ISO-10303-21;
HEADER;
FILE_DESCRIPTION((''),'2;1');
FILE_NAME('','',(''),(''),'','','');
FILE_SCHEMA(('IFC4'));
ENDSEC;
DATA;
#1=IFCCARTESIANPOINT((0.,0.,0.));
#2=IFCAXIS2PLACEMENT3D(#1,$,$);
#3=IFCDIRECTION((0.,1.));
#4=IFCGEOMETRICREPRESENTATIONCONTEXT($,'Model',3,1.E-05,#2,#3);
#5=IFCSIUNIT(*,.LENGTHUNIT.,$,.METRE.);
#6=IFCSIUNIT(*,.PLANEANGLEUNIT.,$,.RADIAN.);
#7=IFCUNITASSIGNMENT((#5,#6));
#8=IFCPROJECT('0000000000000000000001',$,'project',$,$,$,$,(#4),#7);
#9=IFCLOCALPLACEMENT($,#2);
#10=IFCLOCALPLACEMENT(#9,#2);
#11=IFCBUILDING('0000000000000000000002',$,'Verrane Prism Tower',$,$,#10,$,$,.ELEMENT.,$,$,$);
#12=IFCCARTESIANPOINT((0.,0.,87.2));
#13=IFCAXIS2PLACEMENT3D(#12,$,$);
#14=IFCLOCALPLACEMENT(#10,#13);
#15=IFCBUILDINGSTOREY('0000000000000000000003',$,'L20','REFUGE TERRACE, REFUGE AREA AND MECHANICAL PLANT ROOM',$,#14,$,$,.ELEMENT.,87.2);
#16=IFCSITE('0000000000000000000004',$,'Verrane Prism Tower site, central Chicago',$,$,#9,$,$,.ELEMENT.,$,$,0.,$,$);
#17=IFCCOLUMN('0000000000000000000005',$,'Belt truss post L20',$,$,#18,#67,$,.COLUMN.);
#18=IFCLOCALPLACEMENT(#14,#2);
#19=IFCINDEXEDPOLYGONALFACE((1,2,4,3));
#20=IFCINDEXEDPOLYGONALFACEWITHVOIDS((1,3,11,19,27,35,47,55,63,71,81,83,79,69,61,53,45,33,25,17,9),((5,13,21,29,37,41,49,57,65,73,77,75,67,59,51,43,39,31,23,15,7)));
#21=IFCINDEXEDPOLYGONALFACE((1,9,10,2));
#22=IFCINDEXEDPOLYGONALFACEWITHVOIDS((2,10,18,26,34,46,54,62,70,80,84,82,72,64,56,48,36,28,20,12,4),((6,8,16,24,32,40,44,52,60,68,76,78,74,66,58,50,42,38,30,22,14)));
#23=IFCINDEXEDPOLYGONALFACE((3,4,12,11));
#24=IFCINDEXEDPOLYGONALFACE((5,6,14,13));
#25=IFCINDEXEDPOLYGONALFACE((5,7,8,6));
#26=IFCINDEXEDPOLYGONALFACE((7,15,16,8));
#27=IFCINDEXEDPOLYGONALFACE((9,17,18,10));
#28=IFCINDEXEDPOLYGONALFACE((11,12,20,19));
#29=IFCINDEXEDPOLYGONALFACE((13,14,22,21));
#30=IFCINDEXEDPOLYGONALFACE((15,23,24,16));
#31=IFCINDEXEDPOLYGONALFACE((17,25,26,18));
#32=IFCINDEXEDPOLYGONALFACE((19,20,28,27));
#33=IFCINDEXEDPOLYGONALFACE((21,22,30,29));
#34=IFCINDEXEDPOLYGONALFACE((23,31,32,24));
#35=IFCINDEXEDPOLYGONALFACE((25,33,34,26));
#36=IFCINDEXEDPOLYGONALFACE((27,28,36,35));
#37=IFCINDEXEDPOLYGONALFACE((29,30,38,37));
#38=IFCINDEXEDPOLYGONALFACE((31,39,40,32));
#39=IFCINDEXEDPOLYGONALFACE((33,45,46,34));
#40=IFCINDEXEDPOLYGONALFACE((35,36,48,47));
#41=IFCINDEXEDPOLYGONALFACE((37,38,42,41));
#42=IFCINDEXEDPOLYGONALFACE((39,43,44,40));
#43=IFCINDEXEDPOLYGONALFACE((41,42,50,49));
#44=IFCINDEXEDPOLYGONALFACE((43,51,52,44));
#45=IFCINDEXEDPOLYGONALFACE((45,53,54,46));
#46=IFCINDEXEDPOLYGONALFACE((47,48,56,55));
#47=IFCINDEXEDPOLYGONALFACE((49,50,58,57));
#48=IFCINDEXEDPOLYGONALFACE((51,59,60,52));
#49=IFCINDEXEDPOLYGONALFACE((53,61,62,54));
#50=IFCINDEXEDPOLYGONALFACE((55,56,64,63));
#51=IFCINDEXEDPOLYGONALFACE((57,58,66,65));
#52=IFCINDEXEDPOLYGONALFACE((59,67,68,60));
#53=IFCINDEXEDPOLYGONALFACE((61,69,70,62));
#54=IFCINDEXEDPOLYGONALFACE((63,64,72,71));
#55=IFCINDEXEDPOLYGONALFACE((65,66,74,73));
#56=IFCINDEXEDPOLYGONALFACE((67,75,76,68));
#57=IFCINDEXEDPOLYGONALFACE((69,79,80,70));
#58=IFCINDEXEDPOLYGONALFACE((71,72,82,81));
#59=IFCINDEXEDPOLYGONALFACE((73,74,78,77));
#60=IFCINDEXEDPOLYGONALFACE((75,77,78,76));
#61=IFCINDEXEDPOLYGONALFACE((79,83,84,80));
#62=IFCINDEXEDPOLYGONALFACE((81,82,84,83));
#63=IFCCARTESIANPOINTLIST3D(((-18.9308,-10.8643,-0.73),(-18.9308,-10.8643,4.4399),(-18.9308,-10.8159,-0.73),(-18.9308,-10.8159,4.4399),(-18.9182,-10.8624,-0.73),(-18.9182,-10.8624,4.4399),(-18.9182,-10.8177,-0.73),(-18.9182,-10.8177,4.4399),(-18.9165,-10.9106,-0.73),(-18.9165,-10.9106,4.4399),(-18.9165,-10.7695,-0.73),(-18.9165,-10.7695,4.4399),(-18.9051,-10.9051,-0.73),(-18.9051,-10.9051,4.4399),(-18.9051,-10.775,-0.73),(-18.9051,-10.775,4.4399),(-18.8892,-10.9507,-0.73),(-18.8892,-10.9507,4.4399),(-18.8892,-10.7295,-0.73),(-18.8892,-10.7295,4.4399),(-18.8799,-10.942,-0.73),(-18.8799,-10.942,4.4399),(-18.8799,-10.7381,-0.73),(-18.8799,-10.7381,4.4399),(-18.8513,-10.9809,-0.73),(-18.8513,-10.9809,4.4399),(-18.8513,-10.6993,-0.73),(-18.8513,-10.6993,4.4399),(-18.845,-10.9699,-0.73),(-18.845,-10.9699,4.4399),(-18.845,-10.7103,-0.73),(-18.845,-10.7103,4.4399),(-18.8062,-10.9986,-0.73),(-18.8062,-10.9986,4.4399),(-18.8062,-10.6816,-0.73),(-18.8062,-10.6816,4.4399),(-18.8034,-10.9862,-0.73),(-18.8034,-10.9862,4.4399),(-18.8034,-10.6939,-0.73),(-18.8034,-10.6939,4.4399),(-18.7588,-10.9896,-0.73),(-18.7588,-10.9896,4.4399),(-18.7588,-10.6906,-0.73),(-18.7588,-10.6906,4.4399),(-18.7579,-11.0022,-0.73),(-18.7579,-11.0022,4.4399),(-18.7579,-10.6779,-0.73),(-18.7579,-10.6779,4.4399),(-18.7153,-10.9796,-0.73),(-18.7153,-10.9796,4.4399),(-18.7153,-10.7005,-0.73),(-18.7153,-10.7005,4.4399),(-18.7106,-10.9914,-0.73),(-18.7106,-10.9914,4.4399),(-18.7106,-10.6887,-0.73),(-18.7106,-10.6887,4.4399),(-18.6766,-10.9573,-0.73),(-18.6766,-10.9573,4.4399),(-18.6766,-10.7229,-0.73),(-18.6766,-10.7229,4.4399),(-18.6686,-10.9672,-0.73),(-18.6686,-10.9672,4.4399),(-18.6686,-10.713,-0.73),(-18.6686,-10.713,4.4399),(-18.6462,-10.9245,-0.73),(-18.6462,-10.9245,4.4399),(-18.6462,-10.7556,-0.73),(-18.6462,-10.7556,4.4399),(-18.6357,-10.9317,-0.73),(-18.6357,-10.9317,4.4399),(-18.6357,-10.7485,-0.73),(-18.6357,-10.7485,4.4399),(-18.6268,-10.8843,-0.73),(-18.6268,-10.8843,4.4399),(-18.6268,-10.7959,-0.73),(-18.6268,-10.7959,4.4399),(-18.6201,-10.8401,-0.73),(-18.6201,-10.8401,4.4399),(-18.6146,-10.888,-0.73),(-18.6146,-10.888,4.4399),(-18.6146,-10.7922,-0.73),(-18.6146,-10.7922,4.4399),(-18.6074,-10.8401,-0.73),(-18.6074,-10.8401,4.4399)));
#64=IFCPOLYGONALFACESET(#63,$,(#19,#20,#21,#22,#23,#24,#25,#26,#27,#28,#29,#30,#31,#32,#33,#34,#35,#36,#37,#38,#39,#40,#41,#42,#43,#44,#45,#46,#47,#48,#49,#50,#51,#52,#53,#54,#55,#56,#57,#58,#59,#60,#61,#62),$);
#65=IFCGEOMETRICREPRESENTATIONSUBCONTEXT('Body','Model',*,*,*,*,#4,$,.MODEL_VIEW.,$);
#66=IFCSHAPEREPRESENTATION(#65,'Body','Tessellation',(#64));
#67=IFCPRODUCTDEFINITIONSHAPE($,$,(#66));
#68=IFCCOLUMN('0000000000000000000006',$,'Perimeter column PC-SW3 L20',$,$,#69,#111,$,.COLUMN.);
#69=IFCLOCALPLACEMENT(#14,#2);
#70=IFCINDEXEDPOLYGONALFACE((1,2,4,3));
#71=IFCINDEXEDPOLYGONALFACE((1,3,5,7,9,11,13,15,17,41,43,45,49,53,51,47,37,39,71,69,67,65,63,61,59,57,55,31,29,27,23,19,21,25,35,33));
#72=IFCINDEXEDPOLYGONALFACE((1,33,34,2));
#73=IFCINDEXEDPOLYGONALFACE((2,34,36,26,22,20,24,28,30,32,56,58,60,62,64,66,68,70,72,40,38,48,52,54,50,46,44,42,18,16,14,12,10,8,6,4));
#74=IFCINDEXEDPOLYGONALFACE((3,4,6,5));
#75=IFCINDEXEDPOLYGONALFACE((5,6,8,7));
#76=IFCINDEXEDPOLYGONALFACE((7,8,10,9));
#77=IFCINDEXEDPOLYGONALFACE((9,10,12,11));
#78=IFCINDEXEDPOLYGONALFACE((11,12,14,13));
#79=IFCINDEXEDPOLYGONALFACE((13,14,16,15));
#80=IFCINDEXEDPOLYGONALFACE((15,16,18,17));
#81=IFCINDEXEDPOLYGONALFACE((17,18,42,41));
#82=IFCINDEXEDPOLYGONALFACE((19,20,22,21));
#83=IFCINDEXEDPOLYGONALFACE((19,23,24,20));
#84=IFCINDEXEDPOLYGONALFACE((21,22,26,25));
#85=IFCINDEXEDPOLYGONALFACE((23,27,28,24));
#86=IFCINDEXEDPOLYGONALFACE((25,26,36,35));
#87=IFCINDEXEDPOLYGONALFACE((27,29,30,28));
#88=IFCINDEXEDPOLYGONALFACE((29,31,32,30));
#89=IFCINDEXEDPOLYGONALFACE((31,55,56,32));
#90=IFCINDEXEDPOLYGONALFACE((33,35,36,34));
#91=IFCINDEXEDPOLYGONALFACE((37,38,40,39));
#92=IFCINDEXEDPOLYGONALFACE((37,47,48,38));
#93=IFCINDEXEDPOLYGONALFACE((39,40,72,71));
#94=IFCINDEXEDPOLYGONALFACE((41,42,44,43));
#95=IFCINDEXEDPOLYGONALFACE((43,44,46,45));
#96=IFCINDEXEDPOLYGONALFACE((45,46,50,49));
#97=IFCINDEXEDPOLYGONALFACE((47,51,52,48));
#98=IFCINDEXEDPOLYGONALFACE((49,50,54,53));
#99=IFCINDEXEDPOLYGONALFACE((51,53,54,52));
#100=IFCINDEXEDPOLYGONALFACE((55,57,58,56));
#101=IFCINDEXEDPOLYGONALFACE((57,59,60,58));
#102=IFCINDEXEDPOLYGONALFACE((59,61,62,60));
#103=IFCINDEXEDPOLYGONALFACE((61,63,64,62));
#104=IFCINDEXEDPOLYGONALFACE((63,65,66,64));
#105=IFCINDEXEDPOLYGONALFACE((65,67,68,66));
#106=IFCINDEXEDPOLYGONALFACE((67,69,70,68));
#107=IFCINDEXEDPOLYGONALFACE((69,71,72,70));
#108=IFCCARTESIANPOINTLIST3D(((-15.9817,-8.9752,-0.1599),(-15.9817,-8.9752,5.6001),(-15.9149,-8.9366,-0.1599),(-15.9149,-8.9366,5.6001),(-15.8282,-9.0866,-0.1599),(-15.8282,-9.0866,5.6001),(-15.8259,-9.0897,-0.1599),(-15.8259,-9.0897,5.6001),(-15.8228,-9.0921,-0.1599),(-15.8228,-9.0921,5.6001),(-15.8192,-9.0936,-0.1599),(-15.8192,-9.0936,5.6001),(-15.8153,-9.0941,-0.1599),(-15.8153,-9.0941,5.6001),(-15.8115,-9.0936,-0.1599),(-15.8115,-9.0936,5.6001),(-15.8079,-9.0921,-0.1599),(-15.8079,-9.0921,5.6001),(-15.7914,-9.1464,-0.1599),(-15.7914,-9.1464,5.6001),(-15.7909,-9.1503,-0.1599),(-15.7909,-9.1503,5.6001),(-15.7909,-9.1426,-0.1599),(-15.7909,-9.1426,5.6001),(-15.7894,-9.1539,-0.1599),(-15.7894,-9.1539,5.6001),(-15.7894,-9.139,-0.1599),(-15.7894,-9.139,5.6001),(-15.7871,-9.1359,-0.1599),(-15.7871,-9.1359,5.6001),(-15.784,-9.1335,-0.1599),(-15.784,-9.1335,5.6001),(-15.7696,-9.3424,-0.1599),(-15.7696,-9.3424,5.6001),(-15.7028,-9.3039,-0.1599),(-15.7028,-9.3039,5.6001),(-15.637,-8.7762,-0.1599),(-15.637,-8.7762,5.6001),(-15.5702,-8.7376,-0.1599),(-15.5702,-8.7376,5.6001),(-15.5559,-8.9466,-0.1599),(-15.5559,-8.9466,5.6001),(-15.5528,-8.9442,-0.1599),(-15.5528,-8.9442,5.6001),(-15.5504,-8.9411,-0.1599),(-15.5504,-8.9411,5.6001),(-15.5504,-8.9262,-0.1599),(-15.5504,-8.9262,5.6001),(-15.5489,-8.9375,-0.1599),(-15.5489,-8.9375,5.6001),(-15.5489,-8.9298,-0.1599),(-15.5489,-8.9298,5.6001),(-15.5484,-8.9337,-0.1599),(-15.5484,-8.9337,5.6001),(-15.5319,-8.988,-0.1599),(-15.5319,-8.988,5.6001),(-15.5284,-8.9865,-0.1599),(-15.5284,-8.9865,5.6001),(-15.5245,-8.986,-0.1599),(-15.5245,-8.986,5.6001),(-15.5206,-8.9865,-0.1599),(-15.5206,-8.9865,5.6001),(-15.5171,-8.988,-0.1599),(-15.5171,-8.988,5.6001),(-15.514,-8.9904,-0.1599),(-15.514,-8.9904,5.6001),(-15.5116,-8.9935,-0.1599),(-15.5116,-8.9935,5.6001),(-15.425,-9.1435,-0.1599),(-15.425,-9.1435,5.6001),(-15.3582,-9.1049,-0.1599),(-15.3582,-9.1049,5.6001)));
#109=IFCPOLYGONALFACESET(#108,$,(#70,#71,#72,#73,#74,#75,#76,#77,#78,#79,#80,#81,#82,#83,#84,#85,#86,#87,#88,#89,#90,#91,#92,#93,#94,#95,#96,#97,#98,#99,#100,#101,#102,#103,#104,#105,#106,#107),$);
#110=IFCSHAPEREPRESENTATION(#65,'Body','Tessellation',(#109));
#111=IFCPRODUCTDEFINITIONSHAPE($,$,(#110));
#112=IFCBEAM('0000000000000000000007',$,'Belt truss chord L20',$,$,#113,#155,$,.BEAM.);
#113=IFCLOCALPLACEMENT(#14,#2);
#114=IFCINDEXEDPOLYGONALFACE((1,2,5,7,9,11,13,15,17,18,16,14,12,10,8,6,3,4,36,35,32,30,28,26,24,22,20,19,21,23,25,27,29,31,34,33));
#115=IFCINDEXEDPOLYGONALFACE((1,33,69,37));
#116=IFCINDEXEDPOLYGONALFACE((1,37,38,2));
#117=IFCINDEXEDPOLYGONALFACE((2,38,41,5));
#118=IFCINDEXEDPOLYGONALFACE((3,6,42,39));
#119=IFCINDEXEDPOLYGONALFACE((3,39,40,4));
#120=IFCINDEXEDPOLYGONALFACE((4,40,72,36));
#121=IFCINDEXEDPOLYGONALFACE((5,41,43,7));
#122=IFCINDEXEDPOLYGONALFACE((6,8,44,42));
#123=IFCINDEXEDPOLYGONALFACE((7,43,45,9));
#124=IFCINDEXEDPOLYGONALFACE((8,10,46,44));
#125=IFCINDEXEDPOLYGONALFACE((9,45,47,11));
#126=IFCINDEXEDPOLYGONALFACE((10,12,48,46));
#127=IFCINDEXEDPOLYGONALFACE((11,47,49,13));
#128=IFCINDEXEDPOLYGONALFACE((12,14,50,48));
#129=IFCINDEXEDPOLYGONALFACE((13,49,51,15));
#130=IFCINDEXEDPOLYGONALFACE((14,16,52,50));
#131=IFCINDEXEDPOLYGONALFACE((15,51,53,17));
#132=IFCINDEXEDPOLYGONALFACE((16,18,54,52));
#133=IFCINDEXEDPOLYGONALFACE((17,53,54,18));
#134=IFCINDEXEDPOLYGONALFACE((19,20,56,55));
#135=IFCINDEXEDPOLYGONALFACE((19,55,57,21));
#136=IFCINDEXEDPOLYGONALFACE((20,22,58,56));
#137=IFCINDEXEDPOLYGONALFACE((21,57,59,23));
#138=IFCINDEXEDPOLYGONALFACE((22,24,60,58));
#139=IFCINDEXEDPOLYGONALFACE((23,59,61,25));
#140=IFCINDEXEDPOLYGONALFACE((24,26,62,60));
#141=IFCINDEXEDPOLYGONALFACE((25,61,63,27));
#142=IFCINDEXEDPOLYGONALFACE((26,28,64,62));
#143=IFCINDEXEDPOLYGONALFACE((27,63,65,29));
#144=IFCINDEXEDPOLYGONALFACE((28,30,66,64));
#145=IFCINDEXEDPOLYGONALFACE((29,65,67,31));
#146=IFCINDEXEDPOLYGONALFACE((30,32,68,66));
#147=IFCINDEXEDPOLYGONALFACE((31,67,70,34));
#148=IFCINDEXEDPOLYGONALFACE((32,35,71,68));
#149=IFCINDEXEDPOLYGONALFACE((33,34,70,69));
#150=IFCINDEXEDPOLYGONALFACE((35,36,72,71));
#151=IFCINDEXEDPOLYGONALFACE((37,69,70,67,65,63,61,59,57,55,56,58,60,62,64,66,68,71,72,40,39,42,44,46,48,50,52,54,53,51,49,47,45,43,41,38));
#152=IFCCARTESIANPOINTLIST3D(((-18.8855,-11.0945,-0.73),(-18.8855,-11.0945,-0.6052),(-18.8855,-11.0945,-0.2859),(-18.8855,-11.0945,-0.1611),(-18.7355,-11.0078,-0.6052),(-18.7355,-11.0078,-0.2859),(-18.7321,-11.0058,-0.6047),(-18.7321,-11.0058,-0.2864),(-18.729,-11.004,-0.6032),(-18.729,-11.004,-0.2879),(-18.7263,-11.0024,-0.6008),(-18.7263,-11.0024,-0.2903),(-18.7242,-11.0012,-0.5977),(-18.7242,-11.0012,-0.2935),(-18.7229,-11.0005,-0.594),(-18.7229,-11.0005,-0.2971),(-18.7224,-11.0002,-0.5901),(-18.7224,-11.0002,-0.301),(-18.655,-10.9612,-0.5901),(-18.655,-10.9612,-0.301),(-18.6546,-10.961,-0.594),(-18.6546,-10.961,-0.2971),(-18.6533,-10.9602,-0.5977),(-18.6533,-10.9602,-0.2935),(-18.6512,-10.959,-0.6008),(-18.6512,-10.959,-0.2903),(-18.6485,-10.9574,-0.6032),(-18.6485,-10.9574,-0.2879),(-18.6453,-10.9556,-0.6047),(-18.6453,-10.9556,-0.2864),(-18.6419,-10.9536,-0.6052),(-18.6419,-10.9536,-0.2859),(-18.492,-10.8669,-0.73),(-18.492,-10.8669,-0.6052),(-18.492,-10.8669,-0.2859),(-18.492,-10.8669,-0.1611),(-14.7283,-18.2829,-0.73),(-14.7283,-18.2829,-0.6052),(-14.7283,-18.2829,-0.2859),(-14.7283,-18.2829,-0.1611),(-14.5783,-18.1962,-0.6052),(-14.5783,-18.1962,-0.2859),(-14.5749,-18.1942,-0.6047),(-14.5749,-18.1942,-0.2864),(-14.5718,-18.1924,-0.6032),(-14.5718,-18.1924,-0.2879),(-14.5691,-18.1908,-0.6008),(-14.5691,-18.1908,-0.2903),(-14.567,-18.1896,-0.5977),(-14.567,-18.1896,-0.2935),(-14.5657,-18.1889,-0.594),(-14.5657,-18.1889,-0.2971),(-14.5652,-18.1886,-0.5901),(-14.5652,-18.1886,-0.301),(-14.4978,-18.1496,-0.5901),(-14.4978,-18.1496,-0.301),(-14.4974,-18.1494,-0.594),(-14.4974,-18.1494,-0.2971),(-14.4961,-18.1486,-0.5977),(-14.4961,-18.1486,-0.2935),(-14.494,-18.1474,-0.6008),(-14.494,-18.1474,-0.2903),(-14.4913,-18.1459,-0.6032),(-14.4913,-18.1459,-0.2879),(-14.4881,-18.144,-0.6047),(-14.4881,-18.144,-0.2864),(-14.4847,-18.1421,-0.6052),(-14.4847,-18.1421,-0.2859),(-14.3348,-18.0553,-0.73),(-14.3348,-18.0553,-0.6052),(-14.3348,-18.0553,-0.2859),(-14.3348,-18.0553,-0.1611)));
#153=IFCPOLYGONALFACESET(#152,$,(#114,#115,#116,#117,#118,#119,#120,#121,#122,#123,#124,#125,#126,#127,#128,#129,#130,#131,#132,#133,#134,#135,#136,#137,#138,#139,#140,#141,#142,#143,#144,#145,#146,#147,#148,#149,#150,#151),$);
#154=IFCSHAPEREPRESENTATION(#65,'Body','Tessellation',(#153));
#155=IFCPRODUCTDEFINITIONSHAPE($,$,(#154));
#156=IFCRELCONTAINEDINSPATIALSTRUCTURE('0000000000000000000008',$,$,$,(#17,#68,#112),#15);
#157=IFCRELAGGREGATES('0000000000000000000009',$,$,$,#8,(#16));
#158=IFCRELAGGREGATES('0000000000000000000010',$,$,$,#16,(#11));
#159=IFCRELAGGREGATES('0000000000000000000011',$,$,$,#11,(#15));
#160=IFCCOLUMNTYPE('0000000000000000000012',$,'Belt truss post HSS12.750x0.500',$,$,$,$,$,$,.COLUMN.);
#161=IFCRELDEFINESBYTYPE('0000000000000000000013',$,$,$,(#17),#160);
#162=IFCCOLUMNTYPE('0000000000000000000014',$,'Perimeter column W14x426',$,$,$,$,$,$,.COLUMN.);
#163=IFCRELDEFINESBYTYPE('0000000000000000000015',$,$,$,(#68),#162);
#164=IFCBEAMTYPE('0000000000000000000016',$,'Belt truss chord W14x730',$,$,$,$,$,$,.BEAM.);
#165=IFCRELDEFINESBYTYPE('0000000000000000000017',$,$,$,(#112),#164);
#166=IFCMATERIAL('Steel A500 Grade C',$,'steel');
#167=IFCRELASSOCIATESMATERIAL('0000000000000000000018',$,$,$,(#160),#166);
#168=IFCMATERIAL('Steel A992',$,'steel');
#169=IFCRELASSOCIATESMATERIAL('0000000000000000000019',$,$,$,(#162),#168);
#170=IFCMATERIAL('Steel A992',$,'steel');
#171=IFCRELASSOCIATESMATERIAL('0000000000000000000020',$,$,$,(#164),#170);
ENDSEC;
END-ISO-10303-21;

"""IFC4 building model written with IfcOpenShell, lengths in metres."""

from ifc_helpers import new_model, si_unit, direction, frame, origin, origin_2d, place, context, subcontext, project, spatial, hollow_circle, i_section, extrude, material, material_profile, profile_set, type_object, element, save


model = new_model("IFC4")

# Units and contexts
model_context = context("Model", 3, precision=1e-05, world=origin(), true_north=direction((0.0, 1.0)))
body_context = subcontext(model_context, "Body", "Model", "MODEL_VIEW")
ifc_project = project(units=[si_unit("LENGTHUNIT", "METRE"), si_unit("PLANEANGLEUNIT", "RADIAN")], contexts=[model_context])

# Site, building, storey
site_placement = place(None, origin())
site = spatial("IfcSite", under=ifc_project, at=site_placement, Name="Verrane Prism Tower site, central Chicago", CompositionType="ELEMENT", RefElevation=0.0)
building_placement = place(site_placement, origin())
building = spatial("IfcBuilding", under=site, at=building_placement, Name="Verrane Prism Tower", CompositionType="ELEMENT")
storey_placement = place(building_placement, frame((0.0, 0.0, 87.2)))
storey = spatial("IfcBuildingStorey", under=building, at=storey_placement, Name="L20", Description="REFUGE TERRACE, REFUGE AREA AND MECHANICAL PLANT ROOM", CompositionType="ELEMENT", Elevation=87.2)

# Columns
ifc_material_1 = material(Name="Steel A500 Grade C", Category="steel")
ifc_material_profile_1 = material_profile(ifc_material_1, hollow_circle(Radius=0.1626, WallThickness=0.0127, at=origin_2d()), Name="HSS12.750x0.500")
ifc_profile_set_1 = profile_set([ifc_material_profile_1], Name="Steel A500 Grade C")
column_type_1 = type_object("IfcColumnType", Name="Belt truss post HSS12.750x0.500", PredefinedType="COLUMN", material=ifc_profile_set_1)
column_1_placement = place(storey_placement, frame((-18.77, -10.8401, -0.73), z_axis=(0.0, 0.0, 1.0), x_axis=(-0.5, 0.866025, 0.0)))
element("IfcColumn", 1, at=column_1_placement, inside=storey, type_object=column_type_1, Name="Belt truss post L20", PredefinedType="COLUMN", context=body_context, shape_type="SweptSolid", body=[
    extrude(hollow_circle(Radius=0.1626, WallThickness=0.0127, at=origin_2d()), origin(), (0.0, 0.0, 1.0), 5.1699),
])
ifc_material_2 = material(Name="Steel A992", Category="steel")
ifc_material_profile_2 = material_profile(ifc_material_2, i_section(OverallWidth=0.4241, OverallDepth=0.4751, WebThickness=0.0479, FlangeThickness=0.0771, FilletRadius=0.0149, at=origin_2d()), Name="W14x426")
ifc_profile_set_2 = profile_set([ifc_material_profile_2], Name="Steel A992")
column_type_2 = type_object("IfcColumnType", Name="Perimeter column W14x426", PredefinedType="COLUMN", material=ifc_profile_set_2)
column_2_placement = place(storey_placement, frame((-15.6699, -9.04, -0.1599), z_axis=(0.0, 0.0, 1.0), x_axis=(-0.5, 0.866025, 0.0)))
element("IfcColumn", 2, at=column_2_placement, inside=storey, type_object=column_type_2, Name="Perimeter column PC-SW3 L20", PredefinedType="COLUMN", context=body_context, shape_type="SweptSolid", body=[
    extrude(i_section(OverallWidth=0.4241, OverallDepth=0.4751, WebThickness=0.0479, FlangeThickness=0.0771, FilletRadius=0.0149, at=origin_2d()), origin(), (0.0, 0.0, 1.0), 5.76),
])

# Beam
ifc_material_3 = material(Name="Steel A992", Category="steel")
ifc_material_profile_3 = material_profile(ifc_material_3, i_section(OverallWidth=0.4546, OverallDepth=0.5688, WebThickness=0.0779, FlangeThickness=0.1248, FilletRadius=0.0151, at=origin_2d()), Name="W14x730")
ifc_profile_set_3 = profile_set([ifc_material_profile_3], Name="Steel A992")
beam_type_1 = type_object("IfcBeamType", Name="Belt truss chord W14x730", PredefinedType="BEAM", material=ifc_profile_set_3)
beam_1_placement = place(storey_placement, frame((-18.6887, -10.9807, -0.4456), z_axis=(0.500628, -0.865662, 0.0), x_axis=(0.865662, 0.500628, 0.0)))
element("IfcBeam", 3, at=beam_1_placement, inside=storey, type_object=beam_type_1, Name="Belt truss chord L20", PredefinedType="BEAM", context=body_context, shape_type="SweptSolid", body=[
    extrude(i_section(OverallWidth=0.4546, OverallDepth=0.5688, WebThickness=0.0779, FlangeThickness=0.1248, FilletRadius=0.0151, at=origin_2d()), origin(), (0.0, 0.0, 1.0), 8.304),
])

save(model, "model.ifc")
